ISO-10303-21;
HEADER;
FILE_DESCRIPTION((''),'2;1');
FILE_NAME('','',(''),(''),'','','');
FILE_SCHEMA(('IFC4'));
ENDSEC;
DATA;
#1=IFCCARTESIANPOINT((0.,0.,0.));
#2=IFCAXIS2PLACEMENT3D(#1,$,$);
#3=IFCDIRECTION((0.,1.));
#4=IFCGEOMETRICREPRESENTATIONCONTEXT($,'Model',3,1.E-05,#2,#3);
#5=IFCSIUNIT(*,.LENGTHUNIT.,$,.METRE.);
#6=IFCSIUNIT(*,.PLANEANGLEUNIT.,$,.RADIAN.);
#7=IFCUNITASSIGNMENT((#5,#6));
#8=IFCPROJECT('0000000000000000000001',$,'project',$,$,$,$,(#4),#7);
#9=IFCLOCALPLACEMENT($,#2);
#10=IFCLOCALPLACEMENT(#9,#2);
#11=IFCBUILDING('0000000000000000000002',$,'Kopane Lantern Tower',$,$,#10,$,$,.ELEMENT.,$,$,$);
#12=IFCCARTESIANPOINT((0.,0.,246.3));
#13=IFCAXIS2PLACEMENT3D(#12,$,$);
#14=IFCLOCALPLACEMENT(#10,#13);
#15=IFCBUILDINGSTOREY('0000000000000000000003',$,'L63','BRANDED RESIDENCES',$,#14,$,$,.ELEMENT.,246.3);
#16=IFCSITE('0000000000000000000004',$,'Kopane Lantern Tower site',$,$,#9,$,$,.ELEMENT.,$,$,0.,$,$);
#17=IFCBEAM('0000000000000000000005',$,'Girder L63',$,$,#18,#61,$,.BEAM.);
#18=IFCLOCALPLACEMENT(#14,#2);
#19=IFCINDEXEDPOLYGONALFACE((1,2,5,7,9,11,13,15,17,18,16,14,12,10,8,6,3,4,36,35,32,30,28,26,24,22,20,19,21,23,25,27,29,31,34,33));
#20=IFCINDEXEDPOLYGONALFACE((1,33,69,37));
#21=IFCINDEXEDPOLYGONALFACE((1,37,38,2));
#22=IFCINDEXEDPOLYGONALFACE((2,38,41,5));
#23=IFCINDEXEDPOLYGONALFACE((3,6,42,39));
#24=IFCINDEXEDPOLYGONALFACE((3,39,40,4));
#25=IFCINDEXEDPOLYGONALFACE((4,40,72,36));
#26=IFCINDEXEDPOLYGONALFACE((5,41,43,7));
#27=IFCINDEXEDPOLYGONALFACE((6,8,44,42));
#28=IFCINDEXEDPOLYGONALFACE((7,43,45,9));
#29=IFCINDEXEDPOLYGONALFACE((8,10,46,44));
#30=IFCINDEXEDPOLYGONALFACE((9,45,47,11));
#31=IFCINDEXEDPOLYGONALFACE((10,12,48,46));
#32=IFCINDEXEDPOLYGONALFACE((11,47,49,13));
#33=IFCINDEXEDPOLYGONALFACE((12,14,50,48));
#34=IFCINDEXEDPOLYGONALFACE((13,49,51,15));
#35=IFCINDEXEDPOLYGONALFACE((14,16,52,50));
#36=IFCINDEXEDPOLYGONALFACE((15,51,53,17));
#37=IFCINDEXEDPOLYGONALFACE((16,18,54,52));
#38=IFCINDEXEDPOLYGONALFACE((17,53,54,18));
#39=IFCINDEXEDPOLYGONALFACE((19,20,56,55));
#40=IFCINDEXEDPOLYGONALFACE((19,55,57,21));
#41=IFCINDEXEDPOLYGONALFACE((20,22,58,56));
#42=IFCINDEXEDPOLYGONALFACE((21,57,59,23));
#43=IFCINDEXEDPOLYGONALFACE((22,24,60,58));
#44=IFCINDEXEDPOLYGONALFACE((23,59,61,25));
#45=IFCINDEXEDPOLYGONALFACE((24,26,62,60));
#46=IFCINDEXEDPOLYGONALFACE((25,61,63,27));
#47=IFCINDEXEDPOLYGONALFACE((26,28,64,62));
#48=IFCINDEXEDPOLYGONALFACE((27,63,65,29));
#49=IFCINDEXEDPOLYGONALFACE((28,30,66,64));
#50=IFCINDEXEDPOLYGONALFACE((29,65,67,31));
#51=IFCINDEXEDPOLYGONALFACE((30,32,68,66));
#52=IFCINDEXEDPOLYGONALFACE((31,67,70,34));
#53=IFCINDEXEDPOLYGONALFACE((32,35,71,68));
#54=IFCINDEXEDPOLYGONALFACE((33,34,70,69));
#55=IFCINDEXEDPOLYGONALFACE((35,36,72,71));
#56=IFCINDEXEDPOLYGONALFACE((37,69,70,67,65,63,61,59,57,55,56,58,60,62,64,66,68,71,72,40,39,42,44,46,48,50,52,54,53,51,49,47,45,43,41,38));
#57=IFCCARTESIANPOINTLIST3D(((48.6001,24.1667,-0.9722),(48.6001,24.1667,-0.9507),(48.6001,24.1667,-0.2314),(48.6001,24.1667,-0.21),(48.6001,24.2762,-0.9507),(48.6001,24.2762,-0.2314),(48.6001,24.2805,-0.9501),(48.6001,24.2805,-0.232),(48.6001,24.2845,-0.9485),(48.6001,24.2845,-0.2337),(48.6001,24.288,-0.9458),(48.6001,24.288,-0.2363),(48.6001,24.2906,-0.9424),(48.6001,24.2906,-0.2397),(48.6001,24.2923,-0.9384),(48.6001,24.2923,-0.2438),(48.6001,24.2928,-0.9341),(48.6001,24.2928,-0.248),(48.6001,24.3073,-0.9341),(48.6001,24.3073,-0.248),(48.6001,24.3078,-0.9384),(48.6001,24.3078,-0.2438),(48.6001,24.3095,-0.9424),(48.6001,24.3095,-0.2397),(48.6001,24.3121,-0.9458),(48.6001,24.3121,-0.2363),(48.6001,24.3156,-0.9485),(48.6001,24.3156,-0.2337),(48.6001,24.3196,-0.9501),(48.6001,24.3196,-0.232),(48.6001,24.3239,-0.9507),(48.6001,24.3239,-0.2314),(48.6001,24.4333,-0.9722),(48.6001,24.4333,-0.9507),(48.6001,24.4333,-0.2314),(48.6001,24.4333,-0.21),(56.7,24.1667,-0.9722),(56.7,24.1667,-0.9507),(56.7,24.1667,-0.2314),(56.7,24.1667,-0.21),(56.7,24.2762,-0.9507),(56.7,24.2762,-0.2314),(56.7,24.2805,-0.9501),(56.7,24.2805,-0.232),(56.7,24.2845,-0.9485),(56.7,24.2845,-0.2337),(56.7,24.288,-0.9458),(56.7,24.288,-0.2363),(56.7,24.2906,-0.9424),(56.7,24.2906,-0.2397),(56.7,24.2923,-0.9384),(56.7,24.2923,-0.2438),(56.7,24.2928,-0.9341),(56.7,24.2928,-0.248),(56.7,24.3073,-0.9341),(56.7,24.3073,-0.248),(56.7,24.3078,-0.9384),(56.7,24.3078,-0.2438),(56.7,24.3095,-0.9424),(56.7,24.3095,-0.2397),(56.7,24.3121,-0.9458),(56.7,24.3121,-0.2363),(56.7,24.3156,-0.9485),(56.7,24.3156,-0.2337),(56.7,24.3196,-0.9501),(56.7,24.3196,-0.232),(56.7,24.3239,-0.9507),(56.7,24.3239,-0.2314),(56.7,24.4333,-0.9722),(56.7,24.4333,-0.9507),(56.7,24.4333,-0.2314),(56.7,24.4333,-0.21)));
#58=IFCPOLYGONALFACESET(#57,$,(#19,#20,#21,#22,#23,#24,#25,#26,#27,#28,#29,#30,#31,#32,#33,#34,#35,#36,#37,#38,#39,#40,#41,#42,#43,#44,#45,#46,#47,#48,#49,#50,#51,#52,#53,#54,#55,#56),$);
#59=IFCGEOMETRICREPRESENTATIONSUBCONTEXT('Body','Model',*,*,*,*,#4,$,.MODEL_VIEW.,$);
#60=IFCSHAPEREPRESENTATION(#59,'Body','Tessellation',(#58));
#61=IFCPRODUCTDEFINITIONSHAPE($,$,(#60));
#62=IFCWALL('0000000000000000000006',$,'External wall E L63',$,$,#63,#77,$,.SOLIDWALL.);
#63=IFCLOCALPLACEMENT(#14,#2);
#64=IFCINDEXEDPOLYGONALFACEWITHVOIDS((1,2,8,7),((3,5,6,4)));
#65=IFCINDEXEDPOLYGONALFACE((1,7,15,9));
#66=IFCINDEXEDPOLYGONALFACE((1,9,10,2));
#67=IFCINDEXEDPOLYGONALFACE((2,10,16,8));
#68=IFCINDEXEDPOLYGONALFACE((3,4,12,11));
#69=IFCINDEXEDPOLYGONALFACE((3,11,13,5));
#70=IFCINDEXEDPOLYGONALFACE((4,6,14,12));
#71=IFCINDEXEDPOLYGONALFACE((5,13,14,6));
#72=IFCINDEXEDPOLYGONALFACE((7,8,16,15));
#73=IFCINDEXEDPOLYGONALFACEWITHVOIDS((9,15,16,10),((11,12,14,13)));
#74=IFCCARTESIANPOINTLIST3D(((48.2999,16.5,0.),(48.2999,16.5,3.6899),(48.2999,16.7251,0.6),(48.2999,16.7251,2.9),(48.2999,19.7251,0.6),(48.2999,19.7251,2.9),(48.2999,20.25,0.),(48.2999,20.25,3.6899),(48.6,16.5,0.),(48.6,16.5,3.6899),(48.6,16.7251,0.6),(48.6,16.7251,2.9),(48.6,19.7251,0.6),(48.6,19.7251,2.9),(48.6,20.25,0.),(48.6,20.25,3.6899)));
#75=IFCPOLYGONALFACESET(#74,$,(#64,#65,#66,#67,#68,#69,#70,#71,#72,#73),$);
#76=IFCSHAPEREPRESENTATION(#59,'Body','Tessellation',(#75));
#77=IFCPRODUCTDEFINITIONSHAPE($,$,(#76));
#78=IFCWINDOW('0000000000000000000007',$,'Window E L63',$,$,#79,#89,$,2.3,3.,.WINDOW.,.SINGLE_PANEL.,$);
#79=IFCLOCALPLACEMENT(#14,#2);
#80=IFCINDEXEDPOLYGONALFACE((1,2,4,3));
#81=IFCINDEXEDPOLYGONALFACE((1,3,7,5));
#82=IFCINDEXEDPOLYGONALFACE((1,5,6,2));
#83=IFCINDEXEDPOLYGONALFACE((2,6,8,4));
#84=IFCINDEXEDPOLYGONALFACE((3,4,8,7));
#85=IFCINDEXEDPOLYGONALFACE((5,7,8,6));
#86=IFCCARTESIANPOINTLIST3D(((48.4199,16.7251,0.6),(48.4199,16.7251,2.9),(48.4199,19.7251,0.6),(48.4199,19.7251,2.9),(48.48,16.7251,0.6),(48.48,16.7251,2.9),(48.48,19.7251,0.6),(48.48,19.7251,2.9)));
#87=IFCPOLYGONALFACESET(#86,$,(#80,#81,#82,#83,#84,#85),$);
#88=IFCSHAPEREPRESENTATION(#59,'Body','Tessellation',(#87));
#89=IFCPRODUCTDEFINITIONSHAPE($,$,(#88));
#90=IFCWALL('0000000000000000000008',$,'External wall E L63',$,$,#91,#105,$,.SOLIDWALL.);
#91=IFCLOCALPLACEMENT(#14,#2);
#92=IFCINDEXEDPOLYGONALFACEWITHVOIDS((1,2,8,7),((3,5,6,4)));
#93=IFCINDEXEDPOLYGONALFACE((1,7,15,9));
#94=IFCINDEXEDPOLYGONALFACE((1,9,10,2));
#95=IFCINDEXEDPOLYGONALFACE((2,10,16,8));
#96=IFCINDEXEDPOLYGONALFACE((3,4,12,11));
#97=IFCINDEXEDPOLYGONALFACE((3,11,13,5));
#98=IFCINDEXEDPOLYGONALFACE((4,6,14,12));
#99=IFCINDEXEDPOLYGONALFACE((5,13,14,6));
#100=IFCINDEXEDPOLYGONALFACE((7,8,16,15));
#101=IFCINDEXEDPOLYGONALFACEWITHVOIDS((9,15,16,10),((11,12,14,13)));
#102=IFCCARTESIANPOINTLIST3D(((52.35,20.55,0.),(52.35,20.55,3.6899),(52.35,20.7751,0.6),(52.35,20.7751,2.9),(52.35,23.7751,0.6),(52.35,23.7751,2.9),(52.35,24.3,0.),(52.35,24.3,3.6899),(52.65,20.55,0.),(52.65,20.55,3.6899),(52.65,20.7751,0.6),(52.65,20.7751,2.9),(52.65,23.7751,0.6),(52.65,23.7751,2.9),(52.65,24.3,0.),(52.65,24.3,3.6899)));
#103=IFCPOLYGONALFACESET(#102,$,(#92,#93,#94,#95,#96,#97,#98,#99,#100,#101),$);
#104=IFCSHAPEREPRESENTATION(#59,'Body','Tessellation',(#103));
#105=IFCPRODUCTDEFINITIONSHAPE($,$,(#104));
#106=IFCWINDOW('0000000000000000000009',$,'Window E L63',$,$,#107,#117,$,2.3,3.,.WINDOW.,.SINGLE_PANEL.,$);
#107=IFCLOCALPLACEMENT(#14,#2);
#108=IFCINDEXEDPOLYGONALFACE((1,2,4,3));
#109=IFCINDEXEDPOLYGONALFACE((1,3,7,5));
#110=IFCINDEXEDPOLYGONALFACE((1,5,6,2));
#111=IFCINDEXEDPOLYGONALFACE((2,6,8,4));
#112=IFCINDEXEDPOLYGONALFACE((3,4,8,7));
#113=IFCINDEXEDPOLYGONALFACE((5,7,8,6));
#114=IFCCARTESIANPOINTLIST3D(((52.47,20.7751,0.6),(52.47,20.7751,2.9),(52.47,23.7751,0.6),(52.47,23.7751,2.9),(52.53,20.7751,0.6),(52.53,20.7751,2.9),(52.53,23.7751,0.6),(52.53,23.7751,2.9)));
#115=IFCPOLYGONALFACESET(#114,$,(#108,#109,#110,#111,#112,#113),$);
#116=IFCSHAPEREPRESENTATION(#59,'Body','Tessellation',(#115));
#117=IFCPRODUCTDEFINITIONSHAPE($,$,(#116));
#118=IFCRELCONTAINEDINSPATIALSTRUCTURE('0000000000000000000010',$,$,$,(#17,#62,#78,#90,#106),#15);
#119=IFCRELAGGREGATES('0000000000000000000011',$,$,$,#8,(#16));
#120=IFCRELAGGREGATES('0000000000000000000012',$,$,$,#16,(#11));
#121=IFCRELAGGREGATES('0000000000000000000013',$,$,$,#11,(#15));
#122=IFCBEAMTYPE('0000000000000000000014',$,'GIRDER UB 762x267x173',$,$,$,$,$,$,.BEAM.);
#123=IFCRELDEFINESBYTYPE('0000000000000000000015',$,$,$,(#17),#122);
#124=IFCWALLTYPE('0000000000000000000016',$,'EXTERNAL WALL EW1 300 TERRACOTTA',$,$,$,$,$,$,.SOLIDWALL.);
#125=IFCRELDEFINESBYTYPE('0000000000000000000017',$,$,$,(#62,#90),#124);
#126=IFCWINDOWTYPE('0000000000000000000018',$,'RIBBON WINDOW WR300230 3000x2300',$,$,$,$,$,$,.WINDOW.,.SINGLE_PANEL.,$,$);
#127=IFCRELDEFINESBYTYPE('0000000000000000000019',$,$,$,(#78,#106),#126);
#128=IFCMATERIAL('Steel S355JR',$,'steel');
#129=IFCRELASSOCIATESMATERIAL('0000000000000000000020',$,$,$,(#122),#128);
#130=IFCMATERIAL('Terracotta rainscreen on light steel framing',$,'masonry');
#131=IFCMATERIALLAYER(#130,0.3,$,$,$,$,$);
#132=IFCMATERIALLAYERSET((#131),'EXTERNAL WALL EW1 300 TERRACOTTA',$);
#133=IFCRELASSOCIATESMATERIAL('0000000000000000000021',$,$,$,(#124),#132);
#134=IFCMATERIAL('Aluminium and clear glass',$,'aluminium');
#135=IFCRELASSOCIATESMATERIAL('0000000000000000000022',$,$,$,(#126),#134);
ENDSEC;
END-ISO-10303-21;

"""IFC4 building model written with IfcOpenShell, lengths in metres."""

from ifc_helpers import new_model, si_unit, direction, frame, frame_2d, origin, origin_2d, place, context, subcontext, project, spatial, rectangle, i_section, extrude, material, layer, layer_set, material_profile, profile_set, type_object, element, fill, save


model = new_model("IFC4")

# Units and contexts
model_context = context("Model", 3, precision=1e-05, world=origin(), true_north=direction((0.0, 1.0)))
body_context = subcontext(model_context, "Body", "Model", "MODEL_VIEW")
ifc_project = project(units=[si_unit("LENGTHUNIT", "METRE"), si_unit("PLANEANGLEUNIT", "RADIAN")], contexts=[model_context])

# Site, building, storey
site_placement = place(None, origin())
site = spatial("IfcSite", under=ifc_project, at=site_placement, Name="Kopane Lantern Tower site", CompositionType="ELEMENT", RefElevation=0.0)
building_placement = place(site_placement, origin())
building = spatial("IfcBuilding", under=site, at=building_placement, Name="Kopane Lantern Tower", CompositionType="ELEMENT")
storey_placement = place(building_placement, frame((0.0, 0.0, 246.3)))
storey = spatial("IfcBuildingStorey", under=building, at=storey_placement, Name="L63", Description="BRANDED RESIDENCES", CompositionType="ELEMENT", Elevation=246.3)

# Beam
ifc_material_1 = material(Name="Steel S355JR", Category="steel")
ifc_material_profile_1 = material_profile(ifc_material_1, i_section(OverallWidth=0.2666, OverallDepth=0.7622, WebThickness=0.0144, FlangeThickness=0.0215, FilletRadius=0.0166, at=origin_2d()), Name="UB 762x267x173")
ifc_profile_set_1 = profile_set([ifc_material_profile_1], Name="Steel S355JR")
beam_type_1 = type_object("IfcBeamType", Name="GIRDER UB 762x267x173", PredefinedType="BEAM", material=ifc_profile_set_1)
for number, where, z_axis, x_axis, name in (
    (1, (48.6001, 24.3, -0.5911), (1.0, 0.0, 0.0), (0.0, 1.0, 0.0), "Girder L63"),
):
    element("IfcBeam", number, at=place(storey_placement, frame(where, z_axis=z_axis, x_axis=x_axis)), inside=storey, type_object=beam_type_1, Name=name, PredefinedType="BEAM", context=body_context, shape_type="SweptSolid", body=[
        extrude(i_section(OverallWidth=0.2666, OverallDepth=0.7622, WebThickness=0.0144, FlangeThickness=0.0215, FilletRadius=0.0166, at=origin_2d()), origin(), (0.0, 0.0, 1.0), 8.0999),
    ])

# Walls, openings, windows
ifc_material_2 = material(Name="Terracotta rainscreen on light steel framing", Category="masonry")
ifc_layer = layer(ifc_material_2, 0.3)
ifc_layer_set = layer_set([ifc_layer], Name="EXTERNAL WALL EW1 300 TERRACOTTA")
wall_type = type_object("IfcWallType", Name="EXTERNAL WALL EW1 300 TERRACOTTA", PredefinedType="SOLIDWALL", material=ifc_layer_set)
wall_1_placement = place(storey_placement, frame((48.45, 16.5, 0.0), z_axis=(0.0, 0.0, 1.0), x_axis=(0.0, 1.0, 0.0)))
wall_1 = element("IfcWall", 2, at=wall_1_placement, inside=storey, type_object=wall_type, Name="External wall E L63", PredefinedType="SOLIDWALL", context=body_context, shape_type="SweptSolid", body=[
    extrude(rectangle(XDim=3.75, YDim=0.3, at=frame_2d((1.875, 0.0))), origin(), (0.0, 0.0, 1.0), 3.6899),
])
opening_1_placement = place(wall_1_placement, frame((0.2251, 0.0, 0.6001)))
opening_1 = element("IfcOpeningElement", 3, at=opening_1_placement, cuts=wall_1, PredefinedType="OPENING", context=body_context, shape_type="SweptSolid", body=[
    extrude(rectangle(XDim=3.0, YDim=2.3, at=frame_2d((1.5, 1.1499))), frame((0.0, 0.1599, 0.0), z_axis=(0.0, -1.0, 0.0), x_axis=(1.0, 0.0, 0.0)), (0.0, 0.0, 1.0), 0.3201),
])
ifc_material_3 = material(Name="Aluminium and clear glass", Category="aluminium")
window_type = type_object("IfcWindowType", Name="RIBBON WINDOW WR300230 3000x2300", PartitioningType="SINGLE_PANEL", PredefinedType="WINDOW", material=ifc_material_3)
window_1_placement = place(opening_1_placement, origin())
window_1 = element("IfcWindow", 4, at=window_1_placement, inside=storey, type_object=window_type, Name="Window E L63", OverallHeight=2.3, OverallWidth=3.0, PartitioningType="SINGLE_PANEL", PredefinedType="WINDOW", context=body_context, shape_type="SweptSolid", body=[
    extrude(rectangle(XDim=3.0, YDim=2.3, at=frame_2d((1.5, 1.1499))), frame((0.0, 0.03, 0.0), z_axis=(0.0, -1.0, 0.0), x_axis=(1.0, 0.0, 0.0)), (0.0, 0.0, 1.0), 0.0601),
])
fill(opening_1, window_1)
wall_2_placement = place(storey_placement, frame((52.5, 20.55, 0.0), z_axis=(0.0, 0.0, 1.0), x_axis=(0.0, 1.0, 0.0)))
wall_2 = element("IfcWall", 5, at=wall_2_placement, inside=storey, type_object=wall_type, Name="External wall E L63", PredefinedType="SOLIDWALL", context=body_context, shape_type="SweptSolid", body=[
    extrude(rectangle(XDim=3.75, YDim=0.3, at=frame_2d((1.875, 0.0))), origin(), (0.0, 0.0, 1.0), 3.6899),
])
opening_2_placement = place(wall_2_placement, frame((0.2251, 0.0, 0.6001)))
opening_2 = element("IfcOpeningElement", 6, at=opening_2_placement, cuts=wall_2, PredefinedType="OPENING", context=body_context, shape_type="SweptSolid", body=[
    extrude(rectangle(XDim=3.0, YDim=2.3, at=frame_2d((1.5, 1.1499))), frame((0.0, 0.1599, 0.0), z_axis=(0.0, -1.0, 0.0), x_axis=(1.0, 0.0, 0.0)), (0.0, 0.0, 1.0), 0.3201),
])
window_2_placement = place(opening_2_placement, origin())
window_2 = element("IfcWindow", 7, at=window_2_placement, inside=storey, type_object=window_type, Name="Window E L63", OverallHeight=2.3, OverallWidth=3.0, PartitioningType="SINGLE_PANEL", PredefinedType="WINDOW", context=body_context, shape_type="SweptSolid", body=[
    extrude(rectangle(XDim=3.0, YDim=2.3, at=frame_2d((1.5, 1.1499))), frame((0.0, 0.03, 0.0), z_axis=(0.0, -1.0, 0.0), x_axis=(1.0, 0.0, 0.0)), (0.0, 0.0, 1.0), 0.0601),
])
fill(opening_2, window_2)

save(model, "model.ifc")
